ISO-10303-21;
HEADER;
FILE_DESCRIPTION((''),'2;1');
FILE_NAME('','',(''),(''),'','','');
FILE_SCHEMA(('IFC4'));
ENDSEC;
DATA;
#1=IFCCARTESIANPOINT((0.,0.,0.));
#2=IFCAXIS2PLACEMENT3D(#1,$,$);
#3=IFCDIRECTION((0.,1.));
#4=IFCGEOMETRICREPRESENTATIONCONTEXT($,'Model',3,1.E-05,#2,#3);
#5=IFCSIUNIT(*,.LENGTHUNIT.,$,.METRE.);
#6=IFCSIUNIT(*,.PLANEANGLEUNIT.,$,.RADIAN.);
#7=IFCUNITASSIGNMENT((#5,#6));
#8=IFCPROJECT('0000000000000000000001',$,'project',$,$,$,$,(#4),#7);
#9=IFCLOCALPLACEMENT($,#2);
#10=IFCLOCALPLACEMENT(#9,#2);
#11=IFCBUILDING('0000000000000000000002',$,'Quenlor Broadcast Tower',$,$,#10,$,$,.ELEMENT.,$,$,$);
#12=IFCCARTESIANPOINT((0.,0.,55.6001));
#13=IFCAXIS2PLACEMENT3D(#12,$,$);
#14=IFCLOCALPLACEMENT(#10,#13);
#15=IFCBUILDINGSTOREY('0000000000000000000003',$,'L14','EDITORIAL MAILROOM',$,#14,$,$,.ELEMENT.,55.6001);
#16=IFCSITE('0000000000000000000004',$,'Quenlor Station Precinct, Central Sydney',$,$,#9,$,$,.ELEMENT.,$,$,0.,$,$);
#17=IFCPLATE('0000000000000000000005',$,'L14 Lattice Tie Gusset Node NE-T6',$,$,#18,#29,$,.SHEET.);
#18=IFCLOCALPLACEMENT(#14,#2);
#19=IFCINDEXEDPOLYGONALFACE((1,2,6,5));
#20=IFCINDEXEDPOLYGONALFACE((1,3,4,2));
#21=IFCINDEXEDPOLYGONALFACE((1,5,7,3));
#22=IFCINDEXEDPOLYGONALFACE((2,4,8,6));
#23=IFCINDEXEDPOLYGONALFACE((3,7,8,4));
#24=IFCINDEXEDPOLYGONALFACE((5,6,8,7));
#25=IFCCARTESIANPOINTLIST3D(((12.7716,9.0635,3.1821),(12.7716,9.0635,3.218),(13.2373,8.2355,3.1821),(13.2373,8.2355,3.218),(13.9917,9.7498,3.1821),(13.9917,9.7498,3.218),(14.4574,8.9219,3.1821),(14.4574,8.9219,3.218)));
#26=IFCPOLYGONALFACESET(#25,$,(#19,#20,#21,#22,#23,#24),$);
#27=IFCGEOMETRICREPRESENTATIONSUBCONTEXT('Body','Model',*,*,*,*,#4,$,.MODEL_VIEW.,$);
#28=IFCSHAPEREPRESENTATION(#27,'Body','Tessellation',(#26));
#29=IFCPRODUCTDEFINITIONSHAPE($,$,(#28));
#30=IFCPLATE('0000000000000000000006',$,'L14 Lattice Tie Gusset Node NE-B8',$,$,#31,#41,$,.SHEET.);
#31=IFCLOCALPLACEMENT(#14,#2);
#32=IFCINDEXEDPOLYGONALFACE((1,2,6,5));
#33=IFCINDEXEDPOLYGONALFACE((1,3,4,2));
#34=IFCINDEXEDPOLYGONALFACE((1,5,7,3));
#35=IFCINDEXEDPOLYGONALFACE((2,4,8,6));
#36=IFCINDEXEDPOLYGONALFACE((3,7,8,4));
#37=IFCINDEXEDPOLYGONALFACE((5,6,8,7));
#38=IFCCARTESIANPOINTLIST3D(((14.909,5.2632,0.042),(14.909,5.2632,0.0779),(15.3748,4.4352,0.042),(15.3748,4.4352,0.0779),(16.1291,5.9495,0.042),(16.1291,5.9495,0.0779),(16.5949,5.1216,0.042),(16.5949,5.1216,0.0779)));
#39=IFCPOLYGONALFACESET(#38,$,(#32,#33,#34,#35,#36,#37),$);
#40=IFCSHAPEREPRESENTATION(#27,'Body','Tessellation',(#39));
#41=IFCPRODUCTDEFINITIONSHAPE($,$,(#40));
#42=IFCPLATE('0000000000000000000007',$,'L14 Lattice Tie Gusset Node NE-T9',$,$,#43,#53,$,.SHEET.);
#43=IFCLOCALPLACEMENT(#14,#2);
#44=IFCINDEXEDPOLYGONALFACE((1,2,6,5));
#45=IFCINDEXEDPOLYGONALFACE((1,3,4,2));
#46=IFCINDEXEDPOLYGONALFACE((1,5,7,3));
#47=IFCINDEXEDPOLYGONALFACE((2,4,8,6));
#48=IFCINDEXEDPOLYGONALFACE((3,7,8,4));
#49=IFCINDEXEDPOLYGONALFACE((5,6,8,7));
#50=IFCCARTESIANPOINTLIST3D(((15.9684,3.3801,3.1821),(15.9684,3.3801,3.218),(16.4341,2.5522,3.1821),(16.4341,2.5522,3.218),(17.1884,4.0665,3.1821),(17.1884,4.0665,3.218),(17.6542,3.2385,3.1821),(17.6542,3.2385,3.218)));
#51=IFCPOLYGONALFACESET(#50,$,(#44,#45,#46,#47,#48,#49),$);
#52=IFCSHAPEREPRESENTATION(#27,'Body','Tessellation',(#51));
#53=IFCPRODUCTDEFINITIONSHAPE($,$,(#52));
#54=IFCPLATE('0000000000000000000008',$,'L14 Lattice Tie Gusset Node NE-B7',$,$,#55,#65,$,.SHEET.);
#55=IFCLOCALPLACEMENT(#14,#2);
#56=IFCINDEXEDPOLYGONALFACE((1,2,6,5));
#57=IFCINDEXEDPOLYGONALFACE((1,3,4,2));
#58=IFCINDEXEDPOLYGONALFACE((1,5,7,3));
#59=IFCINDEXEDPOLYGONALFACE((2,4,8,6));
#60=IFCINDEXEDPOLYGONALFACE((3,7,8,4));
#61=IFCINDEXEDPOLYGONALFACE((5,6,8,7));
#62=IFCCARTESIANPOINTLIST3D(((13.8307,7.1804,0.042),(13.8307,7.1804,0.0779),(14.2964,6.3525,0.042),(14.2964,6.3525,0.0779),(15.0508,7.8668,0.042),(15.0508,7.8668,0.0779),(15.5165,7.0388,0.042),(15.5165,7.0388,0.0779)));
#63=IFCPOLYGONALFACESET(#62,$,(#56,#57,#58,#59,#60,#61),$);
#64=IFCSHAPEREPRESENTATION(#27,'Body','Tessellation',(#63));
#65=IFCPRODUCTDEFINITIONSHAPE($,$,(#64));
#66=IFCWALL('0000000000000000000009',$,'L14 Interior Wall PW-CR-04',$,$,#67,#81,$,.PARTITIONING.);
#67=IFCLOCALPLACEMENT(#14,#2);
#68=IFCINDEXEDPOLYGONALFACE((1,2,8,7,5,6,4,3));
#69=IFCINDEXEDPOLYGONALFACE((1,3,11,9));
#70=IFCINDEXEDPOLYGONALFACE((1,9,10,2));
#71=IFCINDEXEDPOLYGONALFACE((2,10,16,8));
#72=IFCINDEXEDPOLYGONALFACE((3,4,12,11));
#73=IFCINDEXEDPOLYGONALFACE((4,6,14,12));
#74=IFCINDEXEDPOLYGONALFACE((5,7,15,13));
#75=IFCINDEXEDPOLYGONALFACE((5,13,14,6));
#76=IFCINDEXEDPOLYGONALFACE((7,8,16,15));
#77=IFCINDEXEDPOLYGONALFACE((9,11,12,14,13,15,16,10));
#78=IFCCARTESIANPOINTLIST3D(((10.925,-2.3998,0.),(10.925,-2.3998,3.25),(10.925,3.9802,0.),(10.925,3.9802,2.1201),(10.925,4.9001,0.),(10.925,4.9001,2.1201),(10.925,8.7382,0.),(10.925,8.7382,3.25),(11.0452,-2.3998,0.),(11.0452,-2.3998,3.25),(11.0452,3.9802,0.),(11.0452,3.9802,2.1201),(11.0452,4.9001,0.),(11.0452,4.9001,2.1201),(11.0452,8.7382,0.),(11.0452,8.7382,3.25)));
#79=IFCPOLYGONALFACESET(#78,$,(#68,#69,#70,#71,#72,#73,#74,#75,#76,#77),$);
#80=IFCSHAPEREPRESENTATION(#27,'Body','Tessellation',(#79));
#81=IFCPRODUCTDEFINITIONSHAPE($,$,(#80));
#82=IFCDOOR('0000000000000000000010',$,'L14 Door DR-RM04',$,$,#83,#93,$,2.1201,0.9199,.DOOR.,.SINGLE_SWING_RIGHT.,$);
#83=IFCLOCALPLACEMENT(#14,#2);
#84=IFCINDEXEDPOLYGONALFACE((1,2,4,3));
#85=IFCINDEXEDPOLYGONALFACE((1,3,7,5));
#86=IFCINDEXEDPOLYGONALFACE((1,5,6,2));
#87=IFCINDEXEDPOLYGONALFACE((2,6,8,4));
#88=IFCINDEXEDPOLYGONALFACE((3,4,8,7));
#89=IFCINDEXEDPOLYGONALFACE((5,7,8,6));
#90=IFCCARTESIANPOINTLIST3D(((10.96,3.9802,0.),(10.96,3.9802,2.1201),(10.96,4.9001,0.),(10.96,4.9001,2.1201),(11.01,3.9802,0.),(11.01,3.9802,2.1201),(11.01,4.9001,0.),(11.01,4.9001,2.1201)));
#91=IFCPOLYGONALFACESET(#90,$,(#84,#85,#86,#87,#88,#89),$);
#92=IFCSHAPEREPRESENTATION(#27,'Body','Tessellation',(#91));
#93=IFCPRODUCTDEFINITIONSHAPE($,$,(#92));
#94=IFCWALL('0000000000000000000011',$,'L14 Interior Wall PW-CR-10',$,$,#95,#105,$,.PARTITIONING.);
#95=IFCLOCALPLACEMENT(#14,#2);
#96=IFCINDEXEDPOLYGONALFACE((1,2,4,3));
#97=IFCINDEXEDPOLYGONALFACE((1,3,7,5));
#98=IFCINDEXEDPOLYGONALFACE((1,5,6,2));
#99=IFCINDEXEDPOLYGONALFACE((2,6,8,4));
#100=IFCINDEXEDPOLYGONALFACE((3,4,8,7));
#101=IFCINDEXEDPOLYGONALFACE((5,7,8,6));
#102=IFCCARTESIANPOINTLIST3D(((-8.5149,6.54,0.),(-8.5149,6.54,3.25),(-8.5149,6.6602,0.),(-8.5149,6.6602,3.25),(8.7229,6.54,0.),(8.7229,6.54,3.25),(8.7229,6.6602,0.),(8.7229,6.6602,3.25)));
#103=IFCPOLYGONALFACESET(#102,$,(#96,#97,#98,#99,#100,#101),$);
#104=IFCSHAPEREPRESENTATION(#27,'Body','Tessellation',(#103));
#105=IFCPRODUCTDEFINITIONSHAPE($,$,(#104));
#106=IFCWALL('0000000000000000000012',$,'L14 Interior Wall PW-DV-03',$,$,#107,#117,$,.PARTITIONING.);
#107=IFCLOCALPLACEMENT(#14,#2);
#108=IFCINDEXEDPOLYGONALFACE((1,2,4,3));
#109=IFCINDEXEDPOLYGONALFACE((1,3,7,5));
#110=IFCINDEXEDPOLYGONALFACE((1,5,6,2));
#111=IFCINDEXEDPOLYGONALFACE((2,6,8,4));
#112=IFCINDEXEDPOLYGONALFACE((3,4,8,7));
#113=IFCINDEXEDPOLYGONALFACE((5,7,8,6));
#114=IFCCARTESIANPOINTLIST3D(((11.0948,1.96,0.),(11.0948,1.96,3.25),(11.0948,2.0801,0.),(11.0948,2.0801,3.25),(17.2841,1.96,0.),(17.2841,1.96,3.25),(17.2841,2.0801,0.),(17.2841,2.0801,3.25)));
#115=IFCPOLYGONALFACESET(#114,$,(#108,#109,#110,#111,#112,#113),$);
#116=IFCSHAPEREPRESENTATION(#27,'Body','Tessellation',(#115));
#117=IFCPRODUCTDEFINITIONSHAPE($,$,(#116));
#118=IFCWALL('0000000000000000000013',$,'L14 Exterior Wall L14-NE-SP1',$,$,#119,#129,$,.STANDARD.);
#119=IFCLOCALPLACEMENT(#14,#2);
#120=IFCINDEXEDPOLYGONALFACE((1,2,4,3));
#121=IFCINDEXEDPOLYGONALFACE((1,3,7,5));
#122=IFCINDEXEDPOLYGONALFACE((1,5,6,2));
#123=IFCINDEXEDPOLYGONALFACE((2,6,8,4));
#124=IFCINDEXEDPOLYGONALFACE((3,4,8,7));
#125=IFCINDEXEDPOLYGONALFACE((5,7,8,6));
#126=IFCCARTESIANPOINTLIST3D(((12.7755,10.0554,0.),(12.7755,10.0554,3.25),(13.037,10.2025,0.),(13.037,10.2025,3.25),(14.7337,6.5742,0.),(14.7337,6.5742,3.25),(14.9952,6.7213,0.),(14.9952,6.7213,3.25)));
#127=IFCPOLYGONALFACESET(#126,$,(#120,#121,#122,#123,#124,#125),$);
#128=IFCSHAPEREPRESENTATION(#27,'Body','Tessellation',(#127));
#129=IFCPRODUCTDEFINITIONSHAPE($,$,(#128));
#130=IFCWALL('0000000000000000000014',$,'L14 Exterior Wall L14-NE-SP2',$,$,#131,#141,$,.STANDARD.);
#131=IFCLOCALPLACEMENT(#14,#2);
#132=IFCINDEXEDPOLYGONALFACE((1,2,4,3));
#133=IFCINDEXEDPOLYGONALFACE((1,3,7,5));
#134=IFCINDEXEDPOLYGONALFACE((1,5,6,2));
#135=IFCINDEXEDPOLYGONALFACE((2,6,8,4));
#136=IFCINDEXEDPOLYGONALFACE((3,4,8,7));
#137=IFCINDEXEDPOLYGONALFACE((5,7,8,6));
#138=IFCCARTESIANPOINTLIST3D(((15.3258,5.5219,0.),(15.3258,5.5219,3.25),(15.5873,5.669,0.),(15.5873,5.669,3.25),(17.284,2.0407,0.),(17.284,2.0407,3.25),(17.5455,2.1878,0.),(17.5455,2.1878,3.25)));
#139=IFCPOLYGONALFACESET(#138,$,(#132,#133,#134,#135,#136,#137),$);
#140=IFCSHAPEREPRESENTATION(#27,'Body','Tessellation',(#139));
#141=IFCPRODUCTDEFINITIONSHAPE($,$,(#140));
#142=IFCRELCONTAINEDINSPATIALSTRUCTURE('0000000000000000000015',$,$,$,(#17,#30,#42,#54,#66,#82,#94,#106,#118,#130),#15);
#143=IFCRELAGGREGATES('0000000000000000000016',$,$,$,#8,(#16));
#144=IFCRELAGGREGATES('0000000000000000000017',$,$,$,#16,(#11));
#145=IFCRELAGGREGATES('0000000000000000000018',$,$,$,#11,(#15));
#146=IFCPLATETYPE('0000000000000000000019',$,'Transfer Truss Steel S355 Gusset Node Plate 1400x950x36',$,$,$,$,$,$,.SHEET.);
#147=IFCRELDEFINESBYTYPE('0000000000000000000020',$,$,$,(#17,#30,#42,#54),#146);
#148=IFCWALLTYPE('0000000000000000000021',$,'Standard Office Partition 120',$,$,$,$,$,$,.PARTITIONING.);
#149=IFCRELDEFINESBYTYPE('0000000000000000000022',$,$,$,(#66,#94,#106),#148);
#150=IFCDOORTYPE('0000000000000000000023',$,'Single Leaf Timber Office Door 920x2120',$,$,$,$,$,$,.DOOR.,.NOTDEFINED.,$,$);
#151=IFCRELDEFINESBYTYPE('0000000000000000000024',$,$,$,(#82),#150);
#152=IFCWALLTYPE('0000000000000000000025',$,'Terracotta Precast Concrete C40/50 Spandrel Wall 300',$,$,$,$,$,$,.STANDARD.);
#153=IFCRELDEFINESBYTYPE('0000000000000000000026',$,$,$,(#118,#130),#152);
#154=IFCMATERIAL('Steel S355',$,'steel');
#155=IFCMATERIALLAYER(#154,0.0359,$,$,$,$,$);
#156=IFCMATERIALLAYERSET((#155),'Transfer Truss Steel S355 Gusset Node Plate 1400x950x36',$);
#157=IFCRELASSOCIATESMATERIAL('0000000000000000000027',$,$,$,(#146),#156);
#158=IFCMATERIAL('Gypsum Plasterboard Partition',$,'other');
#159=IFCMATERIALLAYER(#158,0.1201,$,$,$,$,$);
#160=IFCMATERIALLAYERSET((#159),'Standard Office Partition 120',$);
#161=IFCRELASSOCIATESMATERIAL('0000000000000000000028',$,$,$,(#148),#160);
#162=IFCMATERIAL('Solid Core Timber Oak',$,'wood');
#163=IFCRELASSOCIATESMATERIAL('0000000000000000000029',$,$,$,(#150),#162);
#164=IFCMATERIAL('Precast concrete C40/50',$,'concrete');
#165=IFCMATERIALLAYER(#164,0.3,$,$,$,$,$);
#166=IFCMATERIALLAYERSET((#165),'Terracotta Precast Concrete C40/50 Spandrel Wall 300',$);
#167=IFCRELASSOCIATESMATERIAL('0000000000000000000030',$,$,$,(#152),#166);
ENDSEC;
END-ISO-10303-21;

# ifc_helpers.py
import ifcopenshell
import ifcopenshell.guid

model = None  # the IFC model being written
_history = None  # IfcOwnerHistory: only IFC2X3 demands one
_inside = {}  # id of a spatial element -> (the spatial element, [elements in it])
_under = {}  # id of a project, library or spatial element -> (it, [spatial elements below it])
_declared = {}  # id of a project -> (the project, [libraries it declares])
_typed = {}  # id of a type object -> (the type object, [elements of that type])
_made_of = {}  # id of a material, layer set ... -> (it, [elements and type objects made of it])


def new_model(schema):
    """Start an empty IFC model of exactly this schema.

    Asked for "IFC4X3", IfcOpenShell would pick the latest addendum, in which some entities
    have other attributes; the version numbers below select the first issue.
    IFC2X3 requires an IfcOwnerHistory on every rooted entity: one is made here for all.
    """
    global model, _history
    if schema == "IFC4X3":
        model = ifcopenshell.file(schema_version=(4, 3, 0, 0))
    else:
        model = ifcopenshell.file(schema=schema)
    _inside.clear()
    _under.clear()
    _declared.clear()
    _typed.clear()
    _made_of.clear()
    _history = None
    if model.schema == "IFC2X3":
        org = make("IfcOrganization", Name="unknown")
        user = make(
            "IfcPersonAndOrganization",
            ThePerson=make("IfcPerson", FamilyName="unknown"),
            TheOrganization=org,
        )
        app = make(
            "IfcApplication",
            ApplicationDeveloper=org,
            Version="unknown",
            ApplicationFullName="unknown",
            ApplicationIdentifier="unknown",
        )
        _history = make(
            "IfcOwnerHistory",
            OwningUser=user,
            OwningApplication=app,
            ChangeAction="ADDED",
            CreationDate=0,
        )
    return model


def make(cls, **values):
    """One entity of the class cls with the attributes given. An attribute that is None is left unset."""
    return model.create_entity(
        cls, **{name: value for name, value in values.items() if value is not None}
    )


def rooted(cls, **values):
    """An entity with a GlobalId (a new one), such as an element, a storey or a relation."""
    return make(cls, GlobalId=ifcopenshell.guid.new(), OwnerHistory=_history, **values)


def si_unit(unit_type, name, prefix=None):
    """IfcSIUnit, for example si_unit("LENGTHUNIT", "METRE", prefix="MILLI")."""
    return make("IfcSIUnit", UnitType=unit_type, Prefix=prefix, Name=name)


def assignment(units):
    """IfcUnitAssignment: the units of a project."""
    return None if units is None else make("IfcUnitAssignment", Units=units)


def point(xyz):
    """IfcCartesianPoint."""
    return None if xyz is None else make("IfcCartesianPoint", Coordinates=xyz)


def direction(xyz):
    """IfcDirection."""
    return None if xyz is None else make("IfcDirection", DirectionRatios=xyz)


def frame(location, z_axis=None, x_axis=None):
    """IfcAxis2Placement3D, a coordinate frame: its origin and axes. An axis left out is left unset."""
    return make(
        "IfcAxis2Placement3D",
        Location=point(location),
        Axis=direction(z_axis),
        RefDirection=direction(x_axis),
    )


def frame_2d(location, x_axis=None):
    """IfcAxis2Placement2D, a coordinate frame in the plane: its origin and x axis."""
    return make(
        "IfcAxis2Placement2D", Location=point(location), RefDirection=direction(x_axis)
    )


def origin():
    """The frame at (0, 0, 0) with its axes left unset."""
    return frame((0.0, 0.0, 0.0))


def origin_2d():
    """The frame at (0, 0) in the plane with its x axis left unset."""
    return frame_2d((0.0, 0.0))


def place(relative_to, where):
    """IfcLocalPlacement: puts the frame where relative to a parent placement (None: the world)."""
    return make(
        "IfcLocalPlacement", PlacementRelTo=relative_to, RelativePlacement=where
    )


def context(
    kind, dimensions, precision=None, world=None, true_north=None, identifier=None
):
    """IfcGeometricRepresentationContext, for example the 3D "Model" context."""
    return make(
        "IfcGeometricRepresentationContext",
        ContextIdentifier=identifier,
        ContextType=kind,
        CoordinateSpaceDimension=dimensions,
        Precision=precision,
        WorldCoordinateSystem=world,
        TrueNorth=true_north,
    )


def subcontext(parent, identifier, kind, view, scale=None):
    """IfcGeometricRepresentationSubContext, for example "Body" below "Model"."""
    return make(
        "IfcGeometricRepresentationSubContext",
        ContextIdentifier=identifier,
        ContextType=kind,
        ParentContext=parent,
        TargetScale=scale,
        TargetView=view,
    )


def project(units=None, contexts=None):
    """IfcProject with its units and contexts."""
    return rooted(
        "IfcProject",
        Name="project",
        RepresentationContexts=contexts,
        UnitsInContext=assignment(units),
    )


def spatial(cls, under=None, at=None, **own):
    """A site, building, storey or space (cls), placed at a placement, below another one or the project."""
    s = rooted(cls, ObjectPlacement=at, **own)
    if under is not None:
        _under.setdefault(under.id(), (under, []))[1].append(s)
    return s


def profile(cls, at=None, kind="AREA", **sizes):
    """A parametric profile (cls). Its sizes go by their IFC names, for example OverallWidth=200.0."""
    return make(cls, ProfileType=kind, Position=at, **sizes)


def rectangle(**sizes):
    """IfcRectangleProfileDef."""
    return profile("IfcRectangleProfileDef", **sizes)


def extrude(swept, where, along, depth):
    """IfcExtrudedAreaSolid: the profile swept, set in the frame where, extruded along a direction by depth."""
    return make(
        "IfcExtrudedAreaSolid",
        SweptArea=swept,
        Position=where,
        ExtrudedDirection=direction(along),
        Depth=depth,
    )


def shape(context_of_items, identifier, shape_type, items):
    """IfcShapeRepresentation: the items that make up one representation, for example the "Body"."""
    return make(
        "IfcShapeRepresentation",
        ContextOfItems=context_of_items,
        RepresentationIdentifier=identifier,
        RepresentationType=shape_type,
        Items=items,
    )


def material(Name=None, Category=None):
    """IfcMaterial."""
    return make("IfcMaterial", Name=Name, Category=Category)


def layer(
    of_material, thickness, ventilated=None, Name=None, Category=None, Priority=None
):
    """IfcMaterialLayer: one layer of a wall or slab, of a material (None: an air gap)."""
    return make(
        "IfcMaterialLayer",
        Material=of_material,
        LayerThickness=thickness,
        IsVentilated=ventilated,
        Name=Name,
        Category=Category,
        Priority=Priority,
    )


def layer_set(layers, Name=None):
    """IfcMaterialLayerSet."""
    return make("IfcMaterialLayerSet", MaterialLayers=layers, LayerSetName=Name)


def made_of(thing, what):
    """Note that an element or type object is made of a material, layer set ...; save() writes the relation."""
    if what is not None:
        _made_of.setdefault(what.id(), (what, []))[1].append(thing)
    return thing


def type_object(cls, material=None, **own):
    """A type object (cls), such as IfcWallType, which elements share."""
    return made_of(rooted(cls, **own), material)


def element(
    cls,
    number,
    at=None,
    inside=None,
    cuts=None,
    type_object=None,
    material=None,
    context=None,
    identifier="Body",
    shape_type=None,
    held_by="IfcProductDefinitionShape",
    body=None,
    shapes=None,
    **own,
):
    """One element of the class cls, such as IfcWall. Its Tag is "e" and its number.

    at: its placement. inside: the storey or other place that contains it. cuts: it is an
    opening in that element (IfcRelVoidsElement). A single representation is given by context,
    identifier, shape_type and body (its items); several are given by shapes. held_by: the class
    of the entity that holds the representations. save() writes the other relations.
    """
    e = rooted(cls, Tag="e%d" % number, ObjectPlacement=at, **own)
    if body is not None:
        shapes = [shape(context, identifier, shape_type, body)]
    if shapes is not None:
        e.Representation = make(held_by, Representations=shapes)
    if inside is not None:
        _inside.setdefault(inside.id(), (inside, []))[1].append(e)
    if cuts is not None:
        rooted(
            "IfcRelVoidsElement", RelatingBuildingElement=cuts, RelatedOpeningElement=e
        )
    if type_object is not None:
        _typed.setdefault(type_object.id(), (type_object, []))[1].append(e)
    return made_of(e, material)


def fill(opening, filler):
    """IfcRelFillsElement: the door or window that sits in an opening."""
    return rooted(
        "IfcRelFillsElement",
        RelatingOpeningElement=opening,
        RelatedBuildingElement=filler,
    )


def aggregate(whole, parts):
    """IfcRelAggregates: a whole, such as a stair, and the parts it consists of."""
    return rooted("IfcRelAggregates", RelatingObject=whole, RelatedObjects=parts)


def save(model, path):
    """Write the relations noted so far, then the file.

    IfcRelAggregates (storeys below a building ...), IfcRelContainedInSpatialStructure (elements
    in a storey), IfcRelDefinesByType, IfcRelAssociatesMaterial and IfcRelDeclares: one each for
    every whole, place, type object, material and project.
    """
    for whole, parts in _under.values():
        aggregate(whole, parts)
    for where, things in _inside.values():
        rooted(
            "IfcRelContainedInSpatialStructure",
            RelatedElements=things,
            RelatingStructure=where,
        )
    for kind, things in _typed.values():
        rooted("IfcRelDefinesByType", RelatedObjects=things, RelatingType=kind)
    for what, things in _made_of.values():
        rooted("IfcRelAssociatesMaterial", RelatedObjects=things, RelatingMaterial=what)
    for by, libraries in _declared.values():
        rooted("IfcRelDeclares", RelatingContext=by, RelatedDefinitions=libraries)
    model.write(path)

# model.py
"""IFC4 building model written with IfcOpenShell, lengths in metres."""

from ifc_helpers import new_model, si_unit, direction, frame, frame_2d, origin, origin_2d, place, context, subcontext, project, spatial, rectangle, extrude, material, layer, layer_set, type_object, element, fill, save


model = new_model("IFC4")

# Units and contexts
model_context = context("Model", 3, precision=1e-05, world=origin(), true_north=direction((0.0, 1.0)))
body_context = subcontext(model_context, "Body", "Model", "MODEL_VIEW")
ifc_project = project(units=[si_unit("LENGTHUNIT", "METRE"), si_unit("PLANEANGLEUNIT", "RADIAN")], contexts=[model_context])

# Site, building, storey
site_placement = place(None, origin())
site = spatial("IfcSite", under=ifc_project, at=site_placement, Name="Quenlor Station Precinct, Central Sydney", CompositionType="ELEMENT", RefElevation=0.0)
building_placement = place(site_placement, origin())
building = spatial("IfcBuilding", under=site, at=building_placement, Name="Quenlor Broadcast Tower", CompositionType="ELEMENT")
storey_placement = place(building_placement, frame((0.0, 0.0, 55.6001)))
storey = spatial("IfcBuildingStorey", under=building, at=storey_placement, Name="L14", Description="EDITORIAL MAILROOM", CompositionType="ELEMENT", Elevation=55.6001)

# Plates
ifc_material_1 = material(Name="Steel S355", Category="steel")
ifc_layer_1 = layer(ifc_material_1, 0.0359)
ifc_layer_set_1 = layer_set([ifc_layer_1], Name="Transfer Truss Steel S355 Gusset Node Plate 1400x950x36")
plate_type_1 = type_object("IfcPlateType", Name="Transfer Truss Steel S355 Gusset Node Plate 1400x950x36", PredefinedType="SHEET", material=ifc_layer_set_1)
for number, where, z_axis, x_axis, name in (
    (1, (13.6145, 8.9927, 3.1821), (0.0, 0.0, 1.0), (0.871556, 0.490295, 0.0), "L14 Lattice Tie Gusset Node NE-T6"),
    (2, (15.752, 5.1924, 0.042), (0.0, 0.0, 1.0), (0.871556, 0.490295, 0.0), "L14 Lattice Tie Gusset Node NE-B8"),
    (3, (16.8113, 3.3093, 3.1821), (0.0, 0.0, 1.0), (0.871556, 0.490295, 0.0), "L14 Lattice Tie Gusset Node NE-T9"),
    (4, (14.6736, 7.1096, 0.042), (0.0, 0.0, 1.0), (0.871556, 0.490295, 0.0), "L14 Lattice Tie Gusset Node NE-B7"),
):
    element("IfcPlate", number, at=place(storey_placement, frame(where, z_axis=z_axis, x_axis=x_axis)), inside=storey, type_object=plate_type_1, Name=name, PredefinedType="SHEET", context=body_context, shape_type="SweptSolid", body=[
        extrude(rectangle(XDim=1.3999, YDim=0.95, at=origin_2d()), origin(), (0.0, 0.0, 1.0), 0.0359),
    ])

# Wall, opening, door
ifc_material_2 = material(Name="Gypsum Plasterboard Partition", Category="other")
ifc_layer_2 = layer(ifc_material_2, 0.1201)
ifc_layer_set_2 = layer_set([ifc_layer_2], Name="Standard Office Partition 120")
wall_type_1 = type_object("IfcWallType", Name="Standard Office Partition 120", PredefinedType="PARTITIONING", material=ifc_layer_set_2)
wall_1_placement = place(storey_placement, frame((10.9851, 8.738, 0.0), z_axis=(0.0, 0.0, 1.0), x_axis=(0.0, -1.0, 0.0)))
wall_1 = element("IfcWall", 5, at=wall_1_placement, inside=storey, type_object=wall_type_1, Name="L14 Interior Wall PW-CR-04", PredefinedType="PARTITIONING", context=body_context, shape_type="SweptSolid", body=[
    extrude(rectangle(XDim=11.1379, YDim=0.1201, at=frame_2d((5.5688, 0.0))), origin(), (0.0, 0.0, 1.0), 3.25),
])
opening_placement = place(wall_1_placement, frame((3.8379, 0.0, 0.0)))
opening = element("IfcOpeningElement", 6, at=opening_placement, cuts=wall_1, PredefinedType="OPENING", context=body_context, shape_type="SweptSolid", body=[
    extrude(rectangle(XDim=0.9199, YDim=2.1201, at=frame_2d((0.46, 1.0601))), frame((0.0, 0.0701, 0.0), z_axis=(0.0, -1.0, 0.0), x_axis=(1.0, 0.0, 0.0)), (0.0, 0.0, 1.0), 0.1401),
])
ifc_material_3 = material(Name="Solid Core Timber Oak", Category="wood")
door_type = type_object("IfcDoorType", Name="Single Leaf Timber Office Door 920x2120", OperationType="NOTDEFINED", PredefinedType="DOOR", material=ifc_material_3)
door_placement = place(opening_placement, origin())
door = element("IfcDoor", 7, at=door_placement, inside=storey, type_object=door_type, Name="L14 Door DR-RM04", OperationType="SINGLE_SWING_RIGHT", OverallHeight=2.1201, OverallWidth=0.9199, PredefinedType="DOOR", context=body_context, shape_type="SweptSolid", body=[
    extrude(rectangle(XDim=0.9199, YDim=2.1201, at=frame_2d((0.46, 1.0601))), frame((0.0, 0.0249, 0.0), z_axis=(0.0, -1.0, 0.0), x_axis=(1.0, 0.0, 0.0)), (0.0, 0.0, 1.0), 0.05),
])
fill(opening, door)

# Walls
wall_2_placement = place(storey_placement, frame((8.7229, 6.6001, 0.0), z_axis=(0.0, 0.0, 1.0), x_axis=(-1.0, 0.0, 0.0)))
element("IfcWall", 8, at=wall_2_placement, inside=storey, type_object=wall_type_1, Name="L14 Interior Wall PW-CR-10", PredefinedType="PARTITIONING", context=body_context, shape_type="SweptSolid", body=[
    extrude(rectangle(XDim=17.2378, YDim=0.1201, at=frame_2d((8.6189, 0.0))), origin(), (0.0, 0.0, 1.0), 3.25),
])
wall_3_placement = place(storey_placement, frame((17.2842, 2.02, 0.0), z_axis=(0.0, 0.0, 1.0), x_axis=(-1.0, 0.0, 0.0)))
element("IfcWall", 9, at=wall_3_placement, inside=storey, type_object=wall_type_1, Name="L14 Interior Wall PW-DV-03", PredefinedType="PARTITIONING", context=body_context, shape_type="SweptSolid", body=[
    extrude(rectangle(XDim=6.1892, YDim=0.1201, at=frame_2d((3.0947, 0.0))), origin(), (0.0, 0.0, 1.0), 3.25),
])
ifc_material_4 = material(Name="Precast concrete C40/50", Category="concrete")
ifc_layer_3 = layer(ifc_material_4, 0.3)
ifc_layer_set_3 = layer_set([ifc_layer_3], Name="Terracotta Precast Concrete C40/50 Spandrel Wall 300")
wall_type_2 = type_object("IfcWallType", Name="Terracotta Precast Concrete C40/50 Spandrel Wall 300", PredefinedType="STANDARD", material=ifc_layer_set_3)
for number, where, z_axis, x_axis, name in (
    (10, (12.9062, 10.1289, 0.0), (0.0, 0.0, 1.0), (0.490276, -0.871567, 0.0), "L14 Exterior Wall L14-NE-SP1"),
    (11, (15.4565, 5.5955, 0.0), (0.0, 0.0, 1.0), (0.490276, -0.871567, 0.0), "L14 Exterior Wall L14-NE-SP2"),
):
    element("IfcWall", number, at=place(storey_placement, frame(where, z_axis=z_axis, x_axis=x_axis)), inside=storey, type_object=wall_type_2, Name=name, PredefinedType="STANDARD", context=body_context, shape_type="SweptSolid", body=[
        extrude(rectangle(XDim=3.9941, YDim=0.3, at=frame_2d((1.9971, 0.0))), origin(), (0.0, 0.0, 1.0), 3.25),
    ])

save(model, "model.ifc")
